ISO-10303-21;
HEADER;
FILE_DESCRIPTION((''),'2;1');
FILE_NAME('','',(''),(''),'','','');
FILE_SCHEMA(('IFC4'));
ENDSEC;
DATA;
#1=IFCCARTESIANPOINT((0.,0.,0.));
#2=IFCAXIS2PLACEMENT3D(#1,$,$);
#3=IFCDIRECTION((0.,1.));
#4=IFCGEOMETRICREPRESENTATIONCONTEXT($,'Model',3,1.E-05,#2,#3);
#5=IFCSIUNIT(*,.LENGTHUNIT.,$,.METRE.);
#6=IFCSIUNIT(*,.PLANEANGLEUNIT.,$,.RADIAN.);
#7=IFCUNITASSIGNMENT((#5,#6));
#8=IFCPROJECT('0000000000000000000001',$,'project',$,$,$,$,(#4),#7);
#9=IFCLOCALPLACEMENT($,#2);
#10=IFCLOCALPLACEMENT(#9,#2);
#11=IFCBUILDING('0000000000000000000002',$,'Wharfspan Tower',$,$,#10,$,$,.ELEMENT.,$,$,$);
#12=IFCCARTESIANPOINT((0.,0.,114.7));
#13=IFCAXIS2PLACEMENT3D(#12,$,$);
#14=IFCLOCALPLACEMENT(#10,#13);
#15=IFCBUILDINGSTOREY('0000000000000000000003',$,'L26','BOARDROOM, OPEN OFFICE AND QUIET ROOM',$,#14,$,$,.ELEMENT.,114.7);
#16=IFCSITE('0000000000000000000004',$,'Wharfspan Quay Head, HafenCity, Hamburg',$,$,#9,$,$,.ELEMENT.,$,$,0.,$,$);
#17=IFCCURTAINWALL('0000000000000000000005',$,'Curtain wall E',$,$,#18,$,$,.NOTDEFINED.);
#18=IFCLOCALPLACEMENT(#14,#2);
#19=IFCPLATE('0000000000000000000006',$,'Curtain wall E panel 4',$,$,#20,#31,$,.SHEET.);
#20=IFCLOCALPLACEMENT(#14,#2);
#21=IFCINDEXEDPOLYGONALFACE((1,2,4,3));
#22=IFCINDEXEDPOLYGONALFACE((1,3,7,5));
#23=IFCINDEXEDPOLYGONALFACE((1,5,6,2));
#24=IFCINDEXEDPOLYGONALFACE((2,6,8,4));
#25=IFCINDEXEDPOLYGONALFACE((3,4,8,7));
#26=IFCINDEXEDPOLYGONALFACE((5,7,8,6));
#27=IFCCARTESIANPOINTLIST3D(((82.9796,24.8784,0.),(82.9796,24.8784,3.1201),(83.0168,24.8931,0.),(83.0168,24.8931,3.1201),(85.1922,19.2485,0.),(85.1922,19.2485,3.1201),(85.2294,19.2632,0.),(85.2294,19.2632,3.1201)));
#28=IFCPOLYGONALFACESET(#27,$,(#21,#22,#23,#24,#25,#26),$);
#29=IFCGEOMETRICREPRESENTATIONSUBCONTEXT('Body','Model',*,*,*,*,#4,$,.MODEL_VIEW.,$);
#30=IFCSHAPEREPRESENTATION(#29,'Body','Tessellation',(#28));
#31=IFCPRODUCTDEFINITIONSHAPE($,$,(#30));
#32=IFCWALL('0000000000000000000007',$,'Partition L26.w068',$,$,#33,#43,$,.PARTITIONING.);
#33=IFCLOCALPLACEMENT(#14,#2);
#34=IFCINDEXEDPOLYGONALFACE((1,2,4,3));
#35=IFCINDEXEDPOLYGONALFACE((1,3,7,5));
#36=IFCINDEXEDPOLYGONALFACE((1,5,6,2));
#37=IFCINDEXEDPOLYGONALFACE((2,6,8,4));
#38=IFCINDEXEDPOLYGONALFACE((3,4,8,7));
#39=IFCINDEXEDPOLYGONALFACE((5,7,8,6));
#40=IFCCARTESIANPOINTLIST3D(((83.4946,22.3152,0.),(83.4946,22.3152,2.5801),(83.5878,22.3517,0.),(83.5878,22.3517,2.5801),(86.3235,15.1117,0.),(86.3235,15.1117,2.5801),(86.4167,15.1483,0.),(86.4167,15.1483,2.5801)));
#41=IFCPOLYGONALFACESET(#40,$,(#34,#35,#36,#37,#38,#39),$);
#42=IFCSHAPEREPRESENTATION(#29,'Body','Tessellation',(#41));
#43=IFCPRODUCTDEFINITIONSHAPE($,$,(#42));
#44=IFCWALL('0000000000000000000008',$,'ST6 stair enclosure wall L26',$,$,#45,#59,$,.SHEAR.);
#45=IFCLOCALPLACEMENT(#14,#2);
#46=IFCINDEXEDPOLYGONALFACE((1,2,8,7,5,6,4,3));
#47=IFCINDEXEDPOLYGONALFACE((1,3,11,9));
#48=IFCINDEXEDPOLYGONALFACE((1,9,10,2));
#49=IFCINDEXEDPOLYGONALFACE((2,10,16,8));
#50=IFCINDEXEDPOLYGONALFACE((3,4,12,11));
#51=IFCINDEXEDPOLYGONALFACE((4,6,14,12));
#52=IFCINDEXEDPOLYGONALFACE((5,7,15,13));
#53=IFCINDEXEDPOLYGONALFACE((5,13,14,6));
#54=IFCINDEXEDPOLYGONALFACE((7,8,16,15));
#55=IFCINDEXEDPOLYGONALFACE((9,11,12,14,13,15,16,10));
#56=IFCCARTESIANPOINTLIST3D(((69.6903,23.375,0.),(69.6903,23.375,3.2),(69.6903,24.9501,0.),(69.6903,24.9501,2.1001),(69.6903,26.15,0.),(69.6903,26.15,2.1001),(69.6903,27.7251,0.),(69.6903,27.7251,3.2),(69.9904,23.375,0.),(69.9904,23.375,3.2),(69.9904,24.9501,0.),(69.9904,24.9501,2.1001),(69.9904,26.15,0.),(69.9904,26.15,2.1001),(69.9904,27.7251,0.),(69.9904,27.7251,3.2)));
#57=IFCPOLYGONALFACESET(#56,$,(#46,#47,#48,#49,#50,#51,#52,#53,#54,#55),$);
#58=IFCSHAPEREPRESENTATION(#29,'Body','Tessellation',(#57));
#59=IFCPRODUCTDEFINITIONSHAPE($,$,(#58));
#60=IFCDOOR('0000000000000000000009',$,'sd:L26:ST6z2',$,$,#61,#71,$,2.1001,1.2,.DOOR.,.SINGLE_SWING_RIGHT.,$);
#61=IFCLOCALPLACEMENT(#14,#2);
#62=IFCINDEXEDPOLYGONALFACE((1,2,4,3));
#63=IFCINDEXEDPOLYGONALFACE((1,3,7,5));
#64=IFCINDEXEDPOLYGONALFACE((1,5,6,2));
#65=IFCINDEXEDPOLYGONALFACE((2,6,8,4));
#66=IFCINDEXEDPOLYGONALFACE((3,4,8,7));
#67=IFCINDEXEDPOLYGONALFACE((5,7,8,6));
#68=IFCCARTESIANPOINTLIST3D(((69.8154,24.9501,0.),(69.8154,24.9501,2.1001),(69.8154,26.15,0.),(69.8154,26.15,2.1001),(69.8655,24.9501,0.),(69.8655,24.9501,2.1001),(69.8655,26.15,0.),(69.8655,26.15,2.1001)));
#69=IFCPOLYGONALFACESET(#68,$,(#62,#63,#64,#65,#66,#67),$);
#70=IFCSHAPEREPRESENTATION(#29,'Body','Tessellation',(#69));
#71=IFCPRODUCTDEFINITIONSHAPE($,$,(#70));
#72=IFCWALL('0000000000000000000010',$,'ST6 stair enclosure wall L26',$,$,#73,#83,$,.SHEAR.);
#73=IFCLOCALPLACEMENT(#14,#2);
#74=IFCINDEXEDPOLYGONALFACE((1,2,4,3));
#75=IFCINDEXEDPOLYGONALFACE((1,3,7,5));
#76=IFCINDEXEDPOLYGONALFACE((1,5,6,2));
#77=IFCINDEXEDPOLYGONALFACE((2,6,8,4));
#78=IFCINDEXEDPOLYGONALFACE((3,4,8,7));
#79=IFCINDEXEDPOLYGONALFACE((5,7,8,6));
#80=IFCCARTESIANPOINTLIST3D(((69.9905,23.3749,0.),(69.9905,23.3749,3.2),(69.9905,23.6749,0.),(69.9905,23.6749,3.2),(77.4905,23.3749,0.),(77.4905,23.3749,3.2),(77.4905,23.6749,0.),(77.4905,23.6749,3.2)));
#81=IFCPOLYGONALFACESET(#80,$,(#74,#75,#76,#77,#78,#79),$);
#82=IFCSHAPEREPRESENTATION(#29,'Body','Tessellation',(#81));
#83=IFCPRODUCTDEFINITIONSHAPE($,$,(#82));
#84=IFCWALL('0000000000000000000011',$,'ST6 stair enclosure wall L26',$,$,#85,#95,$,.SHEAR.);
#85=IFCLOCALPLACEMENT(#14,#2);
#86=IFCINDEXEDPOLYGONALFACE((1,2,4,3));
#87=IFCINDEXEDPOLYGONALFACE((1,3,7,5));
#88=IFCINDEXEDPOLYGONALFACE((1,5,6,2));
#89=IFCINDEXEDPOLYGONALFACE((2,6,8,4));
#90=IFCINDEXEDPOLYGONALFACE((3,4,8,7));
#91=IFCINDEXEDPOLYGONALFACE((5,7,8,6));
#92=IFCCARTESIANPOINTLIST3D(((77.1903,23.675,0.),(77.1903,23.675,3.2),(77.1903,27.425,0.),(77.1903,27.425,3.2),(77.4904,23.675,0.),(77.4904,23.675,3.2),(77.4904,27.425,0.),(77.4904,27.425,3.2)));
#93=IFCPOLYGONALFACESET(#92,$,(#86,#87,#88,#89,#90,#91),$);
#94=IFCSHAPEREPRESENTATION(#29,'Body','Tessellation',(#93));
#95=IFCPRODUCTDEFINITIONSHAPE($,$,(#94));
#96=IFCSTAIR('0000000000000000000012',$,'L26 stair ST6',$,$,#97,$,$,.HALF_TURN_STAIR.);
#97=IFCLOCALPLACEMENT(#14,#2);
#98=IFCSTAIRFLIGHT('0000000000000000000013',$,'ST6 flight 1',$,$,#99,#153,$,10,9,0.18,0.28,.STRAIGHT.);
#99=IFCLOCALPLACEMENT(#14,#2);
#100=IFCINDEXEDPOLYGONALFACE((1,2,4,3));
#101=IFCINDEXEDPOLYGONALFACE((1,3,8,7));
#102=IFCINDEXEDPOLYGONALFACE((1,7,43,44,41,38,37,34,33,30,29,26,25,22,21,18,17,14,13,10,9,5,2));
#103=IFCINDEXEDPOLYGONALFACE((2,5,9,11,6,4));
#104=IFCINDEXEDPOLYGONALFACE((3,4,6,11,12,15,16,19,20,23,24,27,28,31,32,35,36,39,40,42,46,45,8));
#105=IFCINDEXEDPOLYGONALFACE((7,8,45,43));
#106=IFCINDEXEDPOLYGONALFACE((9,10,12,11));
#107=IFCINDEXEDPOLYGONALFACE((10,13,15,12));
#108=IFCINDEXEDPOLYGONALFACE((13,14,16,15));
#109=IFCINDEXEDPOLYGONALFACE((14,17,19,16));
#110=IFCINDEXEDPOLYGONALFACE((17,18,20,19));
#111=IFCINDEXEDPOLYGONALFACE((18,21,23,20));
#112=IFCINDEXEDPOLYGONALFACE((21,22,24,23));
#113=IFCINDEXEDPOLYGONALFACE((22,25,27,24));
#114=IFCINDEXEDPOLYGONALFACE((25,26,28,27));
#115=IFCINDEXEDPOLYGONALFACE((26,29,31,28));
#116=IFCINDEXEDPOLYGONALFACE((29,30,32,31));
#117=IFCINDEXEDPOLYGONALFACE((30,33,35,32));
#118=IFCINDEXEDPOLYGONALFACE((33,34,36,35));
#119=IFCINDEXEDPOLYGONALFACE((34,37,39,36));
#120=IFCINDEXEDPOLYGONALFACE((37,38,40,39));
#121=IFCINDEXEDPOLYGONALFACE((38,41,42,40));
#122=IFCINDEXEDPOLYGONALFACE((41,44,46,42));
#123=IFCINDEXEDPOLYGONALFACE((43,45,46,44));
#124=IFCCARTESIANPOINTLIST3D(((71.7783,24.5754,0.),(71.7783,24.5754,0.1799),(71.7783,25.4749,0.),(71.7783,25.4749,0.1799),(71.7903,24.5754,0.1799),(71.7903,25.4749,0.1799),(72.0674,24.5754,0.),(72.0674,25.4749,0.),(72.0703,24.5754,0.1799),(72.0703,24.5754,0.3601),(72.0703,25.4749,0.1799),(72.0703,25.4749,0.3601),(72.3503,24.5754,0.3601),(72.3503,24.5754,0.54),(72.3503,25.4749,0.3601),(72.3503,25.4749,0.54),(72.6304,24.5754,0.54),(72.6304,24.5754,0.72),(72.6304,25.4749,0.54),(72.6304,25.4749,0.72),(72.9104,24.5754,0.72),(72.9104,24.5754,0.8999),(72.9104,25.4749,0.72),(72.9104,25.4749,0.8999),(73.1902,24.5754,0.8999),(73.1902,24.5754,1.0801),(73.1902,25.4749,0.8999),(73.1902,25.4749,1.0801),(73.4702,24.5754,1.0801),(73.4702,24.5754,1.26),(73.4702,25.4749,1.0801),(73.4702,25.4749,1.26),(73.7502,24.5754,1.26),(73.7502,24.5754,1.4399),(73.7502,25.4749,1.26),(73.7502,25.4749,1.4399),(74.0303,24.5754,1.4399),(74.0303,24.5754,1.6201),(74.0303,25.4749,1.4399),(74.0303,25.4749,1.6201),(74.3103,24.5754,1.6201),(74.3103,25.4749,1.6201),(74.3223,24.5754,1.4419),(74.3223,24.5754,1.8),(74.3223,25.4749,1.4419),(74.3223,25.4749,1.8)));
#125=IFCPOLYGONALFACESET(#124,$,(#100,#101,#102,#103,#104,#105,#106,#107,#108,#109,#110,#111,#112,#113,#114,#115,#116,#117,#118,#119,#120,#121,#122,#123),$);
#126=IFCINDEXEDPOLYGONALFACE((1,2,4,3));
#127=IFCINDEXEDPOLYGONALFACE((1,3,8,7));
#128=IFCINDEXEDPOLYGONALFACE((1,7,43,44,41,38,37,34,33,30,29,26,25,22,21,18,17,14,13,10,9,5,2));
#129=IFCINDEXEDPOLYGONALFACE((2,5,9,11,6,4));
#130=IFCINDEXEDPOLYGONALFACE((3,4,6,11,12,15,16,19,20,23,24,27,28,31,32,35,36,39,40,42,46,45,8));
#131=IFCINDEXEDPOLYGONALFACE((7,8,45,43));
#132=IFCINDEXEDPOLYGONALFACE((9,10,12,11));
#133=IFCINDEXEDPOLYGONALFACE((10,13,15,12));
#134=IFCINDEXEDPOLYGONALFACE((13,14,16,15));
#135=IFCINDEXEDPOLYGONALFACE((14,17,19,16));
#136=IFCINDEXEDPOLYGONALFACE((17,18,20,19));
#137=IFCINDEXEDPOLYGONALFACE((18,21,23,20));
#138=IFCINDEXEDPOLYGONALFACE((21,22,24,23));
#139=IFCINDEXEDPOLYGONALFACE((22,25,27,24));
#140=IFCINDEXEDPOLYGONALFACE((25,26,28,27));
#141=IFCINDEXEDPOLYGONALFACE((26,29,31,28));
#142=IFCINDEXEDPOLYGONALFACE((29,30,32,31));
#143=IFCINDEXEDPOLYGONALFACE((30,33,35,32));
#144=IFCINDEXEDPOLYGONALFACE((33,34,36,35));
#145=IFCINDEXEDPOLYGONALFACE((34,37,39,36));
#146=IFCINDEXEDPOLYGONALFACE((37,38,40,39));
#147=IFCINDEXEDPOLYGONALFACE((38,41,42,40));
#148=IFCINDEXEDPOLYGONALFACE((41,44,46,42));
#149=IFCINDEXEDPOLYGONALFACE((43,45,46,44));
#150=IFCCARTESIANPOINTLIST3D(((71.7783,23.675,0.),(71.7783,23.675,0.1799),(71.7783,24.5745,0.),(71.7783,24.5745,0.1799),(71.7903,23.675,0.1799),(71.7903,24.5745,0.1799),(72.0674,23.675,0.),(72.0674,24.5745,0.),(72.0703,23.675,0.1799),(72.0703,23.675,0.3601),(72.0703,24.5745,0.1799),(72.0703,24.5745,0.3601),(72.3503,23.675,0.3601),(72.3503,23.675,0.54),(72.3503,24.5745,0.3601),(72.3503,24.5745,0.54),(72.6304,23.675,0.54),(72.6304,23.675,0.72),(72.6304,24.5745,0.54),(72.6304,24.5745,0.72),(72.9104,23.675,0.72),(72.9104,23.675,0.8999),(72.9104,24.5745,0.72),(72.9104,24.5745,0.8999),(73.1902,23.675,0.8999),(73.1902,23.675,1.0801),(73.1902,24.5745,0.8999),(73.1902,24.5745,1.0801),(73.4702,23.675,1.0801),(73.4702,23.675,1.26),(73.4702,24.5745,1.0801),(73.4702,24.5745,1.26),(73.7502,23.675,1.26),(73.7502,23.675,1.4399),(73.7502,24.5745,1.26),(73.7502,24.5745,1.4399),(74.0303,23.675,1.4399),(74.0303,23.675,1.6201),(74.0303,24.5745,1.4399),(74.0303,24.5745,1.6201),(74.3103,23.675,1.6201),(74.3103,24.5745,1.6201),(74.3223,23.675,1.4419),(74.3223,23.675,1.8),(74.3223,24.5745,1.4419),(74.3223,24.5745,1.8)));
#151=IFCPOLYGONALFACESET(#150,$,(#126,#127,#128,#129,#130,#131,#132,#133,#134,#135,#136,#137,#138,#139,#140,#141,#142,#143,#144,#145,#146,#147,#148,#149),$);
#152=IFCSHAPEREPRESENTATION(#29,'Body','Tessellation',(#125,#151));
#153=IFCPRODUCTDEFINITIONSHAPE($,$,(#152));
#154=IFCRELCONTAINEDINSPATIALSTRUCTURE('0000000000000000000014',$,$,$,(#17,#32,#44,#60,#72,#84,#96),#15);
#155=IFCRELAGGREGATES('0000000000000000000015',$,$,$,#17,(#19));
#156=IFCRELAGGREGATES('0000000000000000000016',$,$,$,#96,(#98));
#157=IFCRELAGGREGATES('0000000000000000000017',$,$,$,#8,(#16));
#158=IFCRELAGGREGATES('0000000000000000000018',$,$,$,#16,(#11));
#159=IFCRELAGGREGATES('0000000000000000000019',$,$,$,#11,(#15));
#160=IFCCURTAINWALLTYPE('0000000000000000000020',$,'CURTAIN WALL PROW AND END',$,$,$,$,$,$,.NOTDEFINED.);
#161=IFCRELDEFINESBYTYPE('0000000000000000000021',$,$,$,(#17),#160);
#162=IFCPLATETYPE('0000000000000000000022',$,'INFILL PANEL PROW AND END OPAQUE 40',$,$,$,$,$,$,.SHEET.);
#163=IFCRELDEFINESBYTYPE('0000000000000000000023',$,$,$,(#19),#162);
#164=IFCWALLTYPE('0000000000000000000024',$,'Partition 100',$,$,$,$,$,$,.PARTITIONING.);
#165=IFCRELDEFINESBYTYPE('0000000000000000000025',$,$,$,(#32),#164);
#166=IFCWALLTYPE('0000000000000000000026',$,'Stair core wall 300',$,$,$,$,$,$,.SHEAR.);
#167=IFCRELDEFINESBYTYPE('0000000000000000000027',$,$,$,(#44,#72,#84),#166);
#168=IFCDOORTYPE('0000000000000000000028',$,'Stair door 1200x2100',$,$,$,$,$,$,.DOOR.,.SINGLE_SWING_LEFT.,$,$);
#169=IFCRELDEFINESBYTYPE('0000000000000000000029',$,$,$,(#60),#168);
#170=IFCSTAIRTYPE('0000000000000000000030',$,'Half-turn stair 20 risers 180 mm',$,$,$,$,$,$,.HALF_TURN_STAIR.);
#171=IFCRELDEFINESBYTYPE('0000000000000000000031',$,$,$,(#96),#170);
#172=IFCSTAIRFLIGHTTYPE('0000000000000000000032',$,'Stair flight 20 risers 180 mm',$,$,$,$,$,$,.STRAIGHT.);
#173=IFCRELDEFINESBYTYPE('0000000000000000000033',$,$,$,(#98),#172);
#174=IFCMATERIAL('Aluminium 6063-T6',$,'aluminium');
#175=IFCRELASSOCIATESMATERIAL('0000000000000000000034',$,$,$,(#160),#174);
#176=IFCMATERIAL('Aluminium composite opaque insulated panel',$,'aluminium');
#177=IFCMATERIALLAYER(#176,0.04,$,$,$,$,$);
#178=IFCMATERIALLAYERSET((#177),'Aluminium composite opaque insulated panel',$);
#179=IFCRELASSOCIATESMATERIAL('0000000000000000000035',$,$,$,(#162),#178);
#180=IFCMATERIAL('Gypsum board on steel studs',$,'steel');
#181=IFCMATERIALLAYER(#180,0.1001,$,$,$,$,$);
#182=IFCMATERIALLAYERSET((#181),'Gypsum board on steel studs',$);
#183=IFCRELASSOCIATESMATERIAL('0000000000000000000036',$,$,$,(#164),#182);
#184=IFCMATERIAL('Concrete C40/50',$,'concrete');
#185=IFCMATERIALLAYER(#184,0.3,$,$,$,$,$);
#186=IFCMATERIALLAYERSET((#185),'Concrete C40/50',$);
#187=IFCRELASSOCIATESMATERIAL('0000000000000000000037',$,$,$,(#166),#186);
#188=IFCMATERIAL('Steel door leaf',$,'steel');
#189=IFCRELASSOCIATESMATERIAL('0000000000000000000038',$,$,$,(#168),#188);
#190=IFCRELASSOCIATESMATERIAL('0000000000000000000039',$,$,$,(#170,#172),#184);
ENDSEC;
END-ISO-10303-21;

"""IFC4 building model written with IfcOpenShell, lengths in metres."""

from ifc_helpers import new_model, si_unit, direction, frame, frame_2d, origin, origin_2d, place, context, subcontext, project, spatial, polyline, rectangle, outline, extrude, material, layer, layer_set, type_object, element, fill, aggregate, save


model = new_model("IFC4")

# Units and contexts
model_context = context("Model", 3, precision=1e-05, world=origin(), true_north=direction((0.0, 1.0)))
body_context = subcontext(model_context, "Body", "Model", "MODEL_VIEW")
ifc_project = project(units=[si_unit("LENGTHUNIT", "METRE"), si_unit("PLANEANGLEUNIT", "RADIAN")], contexts=[model_context])

# Site, building, storey
site_placement = place(None, origin())
site = spatial("IfcSite", under=ifc_project, at=site_placement, Name="Wharfspan Quay Head, HafenCity, Hamburg", CompositionType="ELEMENT", RefElevation=0.0)
building_placement = place(site_placement, origin())
building = spatial("IfcBuilding", under=site, at=building_placement, Name="Wharfspan Tower", CompositionType="ELEMENT")
storey_placement = place(building_placement, frame((0.0, 0.0, 114.7)))
storey = spatial("IfcBuildingStorey", under=building, at=storey_placement, Name="L26", Description="BOARDROOM, OPEN OFFICE AND QUIET ROOM", CompositionType="ELEMENT", Elevation=114.7)

# Curtain wall
ifc_material_1 = material(Name="Aluminium 6063-T6", Category="aluminium")
curtain_wall_type = type_object("IfcCurtainWallType", Name="CURTAIN WALL PROW AND END", PredefinedType="NOTDEFINED", material=ifc_material_1)
curtain_wall_placement = place(storey_placement, origin())
curtain_wall = element("IfcCurtainWall", 1, at=curtain_wall_placement, inside=storey, type_object=curtain_wall_type, Name="Curtain wall E", PredefinedType="NOTDEFINED")

# Plate
ifc_material_2 = material(Name="Aluminium composite opaque insulated panel", Category="aluminium")
ifc_layer_1 = layer(ifc_material_2, 0.04)
ifc_layer_set_1 = layer_set([ifc_layer_1], Name="Aluminium composite opaque insulated panel")
plate_type = type_object("IfcPlateType", Name="INFILL PANEL PROW AND END OPAQUE 40", PredefinedType="SHEET", material=ifc_layer_set_1)
plate_1_placement = place(storey_placement, frame((84.1045, 22.0708, 0.0), z_axis=(0.0, 0.0, 1.0), x_axis=(-0.365778, 0.930702, 0.0)))
plate_1 = element("IfcPlate", 2, at=plate_1_placement, type_object=plate_type, Name="Curtain wall E panel 4", PredefinedType="SHEET", context=body_context, shape_type="SweptSolid", body=[
    extrude(rectangle(XDim=6.0491, YDim=0.04, at=origin_2d()), origin(), (0.0, 0.0, 1.0), 3.1201),
])
aggregate(curtain_wall, [plate_1])

# Wall
ifc_material_3 = material(Name="Gypsum board on steel studs", Category="steel")
ifc_layer_2 = layer(ifc_material_3, 0.1001)
ifc_layer_set_2 = layer_set([ifc_layer_2], Name="Gypsum board on steel studs")
wall_type_1 = type_object("IfcWallType", Name="Partition 100", PredefinedType="PARTITIONING", material=ifc_layer_set_2)
wall_1_placement = place(storey_placement, frame((86.3701, 15.1299, 0.0), z_axis=(0.0, 0.0, 1.0), x_axis=(-0.365535, 0.930794, 0.0)))
element("IfcWall", 3, at=wall_1_placement, inside=storey, type_object=wall_type_1, Name="Partition L26.w068", PredefinedType="PARTITIONING", context=body_context, shape_type="SweptSolid", body=[
    extrude(rectangle(XDim=7.739, YDim=0.1001, at=frame_2d((3.8696, 0.0))), origin(), (0.0, 0.0, 1.0), 2.5801),
])

# Wall, opening, door
ifc_material_4 = material(Name="Concrete C40/50", Category="concrete")
ifc_layer_3 = layer(ifc_material_4, 0.3)
ifc_layer_set_3 = layer_set([ifc_layer_3], Name="Concrete C40/50")
wall_type_2 = type_object("IfcWallType", Name="Stair core wall 300", PredefinedType="SHEAR", material=ifc_layer_set_3)
wall_2_placement = place(storey_placement, frame((69.8403, 23.375, 0.0), z_axis=(0.0, 0.0, 1.0), x_axis=(0.0, 1.0, 0.0)))
wall_2 = element("IfcWall", 4, at=wall_2_placement, inside=storey, type_object=wall_type_2, Name="ST6 stair enclosure wall L26", PredefinedType="SHEAR", context=body_context, shape_type="SweptSolid", body=[
    extrude(rectangle(XDim=4.3501, YDim=0.3, at=frame_2d((2.175, 0.0))), origin(), (0.0, 0.0, 1.0), 3.2),
])
opening_placement = place(wall_2_placement, frame((1.575, 0.0, 0.0)))
opening = element("IfcOpeningElement", 5, at=opening_placement, cuts=wall_2, PredefinedType="OPENING", context=body_context, shape_type="SweptSolid", body=[
    extrude(rectangle(XDim=1.2, YDim=2.1001, at=frame_2d((0.6001, 1.05))), frame((0.0, 0.1599, 0.0), z_axis=(0.0, -1.0, 0.0), x_axis=(1.0, 0.0, 0.0)), (0.0, 0.0, 1.0), 0.3201),
])
ifc_material_5 = material(Name="Steel door leaf", Category="steel")
door_type = type_object("IfcDoorType", Name="Stair door 1200x2100", OperationType="SINGLE_SWING_LEFT", PredefinedType="DOOR", material=ifc_material_5)
door_placement = place(opening_placement, origin())
door = element("IfcDoor", 6, at=door_placement, inside=storey, type_object=door_type, Name="sd:L26:ST6z2", OperationType="SINGLE_SWING_RIGHT", OverallHeight=2.1001, OverallWidth=1.2, PredefinedType="DOOR", context=body_context, shape_type="SweptSolid", body=[
    extrude(rectangle(XDim=1.2, YDim=2.1001, at=frame_2d((0.6001, 1.05))), frame((0.0, 0.0249, 0.0), z_axis=(0.0, -1.0, 0.0), x_axis=(1.0, 0.0, 0.0)), (0.0, 0.0, 1.0), 0.05),
])
fill(opening, door)

# Walls
wall_3_placement = place(storey_placement, frame((69.9905, 23.5249, 0.0), z_axis=(0.0, 0.0, 1.0), x_axis=(1.0, 0.0, 0.0)))
element("IfcWall", 7, at=wall_3_placement, inside=storey, type_object=wall_type_2, Name="ST6 stair enclosure wall L26", PredefinedType="SHEAR", context=body_context, shape_type="SweptSolid", body=[
    extrude(rectangle(XDim=7.5, YDim=0.3, at=frame_2d((3.75, 0.0))), origin(), (0.0, 0.0, 1.0), 3.2),
])
wall_4_placement = place(storey_placement, frame((77.3403, 23.675, 0.0), z_axis=(0.0, 0.0, 1.0), x_axis=(0.0, 1.0, 0.0)))
element("IfcWall", 8, at=wall_4_placement, inside=storey, type_object=wall_type_2, Name="ST6 stair enclosure wall L26", PredefinedType="SHEAR", context=body_context, shape_type="SweptSolid", body=[
    extrude(rectangle(XDim=3.75, YDim=0.3, at=frame_2d((1.875, 0.0))), origin(), (0.0, 0.0, 1.0), 3.2),
])

# Stair, stair flight
stair_type = type_object("IfcStairType", Name="Half-turn stair 20 risers 180 mm", PredefinedType="HALF_TURN_STAIR", material=ifc_material_4)
stair_placement = place(storey_placement, origin())
stair = element("IfcStair", 9, at=stair_placement, inside=storey, type_object=stair_type, Name="L26 stair ST6", PredefinedType="HALF_TURN_STAIR")
stair_flight_type = type_object("IfcStairFlightType", Name="Stair flight 20 risers 180 mm", PredefinedType="STRAIGHT", material=ifc_material_4)
stair_flight_1_placement = place(storey_placement, frame((71.7903, 24.575, 0.0), z_axis=(0.0, 0.0, 1.0), x_axis=(1.0, 0.0, 0.0)))
stair_flight_1 = element("IfcStairFlight", 10, at=stair_flight_1_placement, type_object=stair_flight_type, Name="ST6 flight 1", NumberOfRisers=10, NumberOfTreads=9, PredefinedType="STRAIGHT", RiserHeight=0.18, TreadLength=0.28, context=body_context, shape_type="SweptSolid", body=[
    extrude(outline(polyline([(-0.012, 0.0), (-0.012, 0.1799), (0.0, 0.1799), (0.28, 0.1799), (0.28, 0.3601), (0.5601, 0.3601), (0.5601, 0.54), (0.8401, 0.54), (0.8401, 0.72), (1.1201, 0.72), (1.1201, 0.8999), (1.3999, 0.8999), (1.3999, 1.0801), (1.6799, 1.0801), (1.6799, 1.26), (1.96, 1.26), (1.96, 1.4399), (2.24, 1.4399), (2.24, 1.6201), (2.52, 1.6201), (2.532, 1.8), (2.532, 1.4419), (0.2771, 0.0), (-0.012, 0.0)])), frame((0.0, 0.8999, 0.0), z_axis=(0.0, -1.0, 0.0), x_axis=(1.0, 0.0, 0.0)), (0.0, 0.0, 1.0), 0.8994),
    extrude(outline(polyline([(-0.012, 0.0), (-0.012, 0.1799), (0.0, 0.1799), (0.28, 0.1799), (0.28, 0.3601), (0.5601, 0.3601), (0.5601, 0.54), (0.8401, 0.54), (0.8401, 0.72), (1.1201, 0.72), (1.1201, 0.8999), (1.3999, 0.8999), (1.3999, 1.0801), (1.6799, 1.0801), (1.6799, 1.26), (1.96, 1.26), (1.96, 1.4399), (2.24, 1.4399), (2.24, 1.6201), (2.52, 1.6201), (2.532, 1.8), (2.532, 1.4419), (0.2771, 0.0), (-0.012, 0.0)])), frame((0.0, -0.0005, 0.0), z_axis=(0.0, -1.0, 0.0), x_axis=(1.0, 0.0, 0.0)), (0.0, 0.0, 1.0), 0.8994),
])
aggregate(stair, [stair_flight_1])

save(model, "model.ifc")
